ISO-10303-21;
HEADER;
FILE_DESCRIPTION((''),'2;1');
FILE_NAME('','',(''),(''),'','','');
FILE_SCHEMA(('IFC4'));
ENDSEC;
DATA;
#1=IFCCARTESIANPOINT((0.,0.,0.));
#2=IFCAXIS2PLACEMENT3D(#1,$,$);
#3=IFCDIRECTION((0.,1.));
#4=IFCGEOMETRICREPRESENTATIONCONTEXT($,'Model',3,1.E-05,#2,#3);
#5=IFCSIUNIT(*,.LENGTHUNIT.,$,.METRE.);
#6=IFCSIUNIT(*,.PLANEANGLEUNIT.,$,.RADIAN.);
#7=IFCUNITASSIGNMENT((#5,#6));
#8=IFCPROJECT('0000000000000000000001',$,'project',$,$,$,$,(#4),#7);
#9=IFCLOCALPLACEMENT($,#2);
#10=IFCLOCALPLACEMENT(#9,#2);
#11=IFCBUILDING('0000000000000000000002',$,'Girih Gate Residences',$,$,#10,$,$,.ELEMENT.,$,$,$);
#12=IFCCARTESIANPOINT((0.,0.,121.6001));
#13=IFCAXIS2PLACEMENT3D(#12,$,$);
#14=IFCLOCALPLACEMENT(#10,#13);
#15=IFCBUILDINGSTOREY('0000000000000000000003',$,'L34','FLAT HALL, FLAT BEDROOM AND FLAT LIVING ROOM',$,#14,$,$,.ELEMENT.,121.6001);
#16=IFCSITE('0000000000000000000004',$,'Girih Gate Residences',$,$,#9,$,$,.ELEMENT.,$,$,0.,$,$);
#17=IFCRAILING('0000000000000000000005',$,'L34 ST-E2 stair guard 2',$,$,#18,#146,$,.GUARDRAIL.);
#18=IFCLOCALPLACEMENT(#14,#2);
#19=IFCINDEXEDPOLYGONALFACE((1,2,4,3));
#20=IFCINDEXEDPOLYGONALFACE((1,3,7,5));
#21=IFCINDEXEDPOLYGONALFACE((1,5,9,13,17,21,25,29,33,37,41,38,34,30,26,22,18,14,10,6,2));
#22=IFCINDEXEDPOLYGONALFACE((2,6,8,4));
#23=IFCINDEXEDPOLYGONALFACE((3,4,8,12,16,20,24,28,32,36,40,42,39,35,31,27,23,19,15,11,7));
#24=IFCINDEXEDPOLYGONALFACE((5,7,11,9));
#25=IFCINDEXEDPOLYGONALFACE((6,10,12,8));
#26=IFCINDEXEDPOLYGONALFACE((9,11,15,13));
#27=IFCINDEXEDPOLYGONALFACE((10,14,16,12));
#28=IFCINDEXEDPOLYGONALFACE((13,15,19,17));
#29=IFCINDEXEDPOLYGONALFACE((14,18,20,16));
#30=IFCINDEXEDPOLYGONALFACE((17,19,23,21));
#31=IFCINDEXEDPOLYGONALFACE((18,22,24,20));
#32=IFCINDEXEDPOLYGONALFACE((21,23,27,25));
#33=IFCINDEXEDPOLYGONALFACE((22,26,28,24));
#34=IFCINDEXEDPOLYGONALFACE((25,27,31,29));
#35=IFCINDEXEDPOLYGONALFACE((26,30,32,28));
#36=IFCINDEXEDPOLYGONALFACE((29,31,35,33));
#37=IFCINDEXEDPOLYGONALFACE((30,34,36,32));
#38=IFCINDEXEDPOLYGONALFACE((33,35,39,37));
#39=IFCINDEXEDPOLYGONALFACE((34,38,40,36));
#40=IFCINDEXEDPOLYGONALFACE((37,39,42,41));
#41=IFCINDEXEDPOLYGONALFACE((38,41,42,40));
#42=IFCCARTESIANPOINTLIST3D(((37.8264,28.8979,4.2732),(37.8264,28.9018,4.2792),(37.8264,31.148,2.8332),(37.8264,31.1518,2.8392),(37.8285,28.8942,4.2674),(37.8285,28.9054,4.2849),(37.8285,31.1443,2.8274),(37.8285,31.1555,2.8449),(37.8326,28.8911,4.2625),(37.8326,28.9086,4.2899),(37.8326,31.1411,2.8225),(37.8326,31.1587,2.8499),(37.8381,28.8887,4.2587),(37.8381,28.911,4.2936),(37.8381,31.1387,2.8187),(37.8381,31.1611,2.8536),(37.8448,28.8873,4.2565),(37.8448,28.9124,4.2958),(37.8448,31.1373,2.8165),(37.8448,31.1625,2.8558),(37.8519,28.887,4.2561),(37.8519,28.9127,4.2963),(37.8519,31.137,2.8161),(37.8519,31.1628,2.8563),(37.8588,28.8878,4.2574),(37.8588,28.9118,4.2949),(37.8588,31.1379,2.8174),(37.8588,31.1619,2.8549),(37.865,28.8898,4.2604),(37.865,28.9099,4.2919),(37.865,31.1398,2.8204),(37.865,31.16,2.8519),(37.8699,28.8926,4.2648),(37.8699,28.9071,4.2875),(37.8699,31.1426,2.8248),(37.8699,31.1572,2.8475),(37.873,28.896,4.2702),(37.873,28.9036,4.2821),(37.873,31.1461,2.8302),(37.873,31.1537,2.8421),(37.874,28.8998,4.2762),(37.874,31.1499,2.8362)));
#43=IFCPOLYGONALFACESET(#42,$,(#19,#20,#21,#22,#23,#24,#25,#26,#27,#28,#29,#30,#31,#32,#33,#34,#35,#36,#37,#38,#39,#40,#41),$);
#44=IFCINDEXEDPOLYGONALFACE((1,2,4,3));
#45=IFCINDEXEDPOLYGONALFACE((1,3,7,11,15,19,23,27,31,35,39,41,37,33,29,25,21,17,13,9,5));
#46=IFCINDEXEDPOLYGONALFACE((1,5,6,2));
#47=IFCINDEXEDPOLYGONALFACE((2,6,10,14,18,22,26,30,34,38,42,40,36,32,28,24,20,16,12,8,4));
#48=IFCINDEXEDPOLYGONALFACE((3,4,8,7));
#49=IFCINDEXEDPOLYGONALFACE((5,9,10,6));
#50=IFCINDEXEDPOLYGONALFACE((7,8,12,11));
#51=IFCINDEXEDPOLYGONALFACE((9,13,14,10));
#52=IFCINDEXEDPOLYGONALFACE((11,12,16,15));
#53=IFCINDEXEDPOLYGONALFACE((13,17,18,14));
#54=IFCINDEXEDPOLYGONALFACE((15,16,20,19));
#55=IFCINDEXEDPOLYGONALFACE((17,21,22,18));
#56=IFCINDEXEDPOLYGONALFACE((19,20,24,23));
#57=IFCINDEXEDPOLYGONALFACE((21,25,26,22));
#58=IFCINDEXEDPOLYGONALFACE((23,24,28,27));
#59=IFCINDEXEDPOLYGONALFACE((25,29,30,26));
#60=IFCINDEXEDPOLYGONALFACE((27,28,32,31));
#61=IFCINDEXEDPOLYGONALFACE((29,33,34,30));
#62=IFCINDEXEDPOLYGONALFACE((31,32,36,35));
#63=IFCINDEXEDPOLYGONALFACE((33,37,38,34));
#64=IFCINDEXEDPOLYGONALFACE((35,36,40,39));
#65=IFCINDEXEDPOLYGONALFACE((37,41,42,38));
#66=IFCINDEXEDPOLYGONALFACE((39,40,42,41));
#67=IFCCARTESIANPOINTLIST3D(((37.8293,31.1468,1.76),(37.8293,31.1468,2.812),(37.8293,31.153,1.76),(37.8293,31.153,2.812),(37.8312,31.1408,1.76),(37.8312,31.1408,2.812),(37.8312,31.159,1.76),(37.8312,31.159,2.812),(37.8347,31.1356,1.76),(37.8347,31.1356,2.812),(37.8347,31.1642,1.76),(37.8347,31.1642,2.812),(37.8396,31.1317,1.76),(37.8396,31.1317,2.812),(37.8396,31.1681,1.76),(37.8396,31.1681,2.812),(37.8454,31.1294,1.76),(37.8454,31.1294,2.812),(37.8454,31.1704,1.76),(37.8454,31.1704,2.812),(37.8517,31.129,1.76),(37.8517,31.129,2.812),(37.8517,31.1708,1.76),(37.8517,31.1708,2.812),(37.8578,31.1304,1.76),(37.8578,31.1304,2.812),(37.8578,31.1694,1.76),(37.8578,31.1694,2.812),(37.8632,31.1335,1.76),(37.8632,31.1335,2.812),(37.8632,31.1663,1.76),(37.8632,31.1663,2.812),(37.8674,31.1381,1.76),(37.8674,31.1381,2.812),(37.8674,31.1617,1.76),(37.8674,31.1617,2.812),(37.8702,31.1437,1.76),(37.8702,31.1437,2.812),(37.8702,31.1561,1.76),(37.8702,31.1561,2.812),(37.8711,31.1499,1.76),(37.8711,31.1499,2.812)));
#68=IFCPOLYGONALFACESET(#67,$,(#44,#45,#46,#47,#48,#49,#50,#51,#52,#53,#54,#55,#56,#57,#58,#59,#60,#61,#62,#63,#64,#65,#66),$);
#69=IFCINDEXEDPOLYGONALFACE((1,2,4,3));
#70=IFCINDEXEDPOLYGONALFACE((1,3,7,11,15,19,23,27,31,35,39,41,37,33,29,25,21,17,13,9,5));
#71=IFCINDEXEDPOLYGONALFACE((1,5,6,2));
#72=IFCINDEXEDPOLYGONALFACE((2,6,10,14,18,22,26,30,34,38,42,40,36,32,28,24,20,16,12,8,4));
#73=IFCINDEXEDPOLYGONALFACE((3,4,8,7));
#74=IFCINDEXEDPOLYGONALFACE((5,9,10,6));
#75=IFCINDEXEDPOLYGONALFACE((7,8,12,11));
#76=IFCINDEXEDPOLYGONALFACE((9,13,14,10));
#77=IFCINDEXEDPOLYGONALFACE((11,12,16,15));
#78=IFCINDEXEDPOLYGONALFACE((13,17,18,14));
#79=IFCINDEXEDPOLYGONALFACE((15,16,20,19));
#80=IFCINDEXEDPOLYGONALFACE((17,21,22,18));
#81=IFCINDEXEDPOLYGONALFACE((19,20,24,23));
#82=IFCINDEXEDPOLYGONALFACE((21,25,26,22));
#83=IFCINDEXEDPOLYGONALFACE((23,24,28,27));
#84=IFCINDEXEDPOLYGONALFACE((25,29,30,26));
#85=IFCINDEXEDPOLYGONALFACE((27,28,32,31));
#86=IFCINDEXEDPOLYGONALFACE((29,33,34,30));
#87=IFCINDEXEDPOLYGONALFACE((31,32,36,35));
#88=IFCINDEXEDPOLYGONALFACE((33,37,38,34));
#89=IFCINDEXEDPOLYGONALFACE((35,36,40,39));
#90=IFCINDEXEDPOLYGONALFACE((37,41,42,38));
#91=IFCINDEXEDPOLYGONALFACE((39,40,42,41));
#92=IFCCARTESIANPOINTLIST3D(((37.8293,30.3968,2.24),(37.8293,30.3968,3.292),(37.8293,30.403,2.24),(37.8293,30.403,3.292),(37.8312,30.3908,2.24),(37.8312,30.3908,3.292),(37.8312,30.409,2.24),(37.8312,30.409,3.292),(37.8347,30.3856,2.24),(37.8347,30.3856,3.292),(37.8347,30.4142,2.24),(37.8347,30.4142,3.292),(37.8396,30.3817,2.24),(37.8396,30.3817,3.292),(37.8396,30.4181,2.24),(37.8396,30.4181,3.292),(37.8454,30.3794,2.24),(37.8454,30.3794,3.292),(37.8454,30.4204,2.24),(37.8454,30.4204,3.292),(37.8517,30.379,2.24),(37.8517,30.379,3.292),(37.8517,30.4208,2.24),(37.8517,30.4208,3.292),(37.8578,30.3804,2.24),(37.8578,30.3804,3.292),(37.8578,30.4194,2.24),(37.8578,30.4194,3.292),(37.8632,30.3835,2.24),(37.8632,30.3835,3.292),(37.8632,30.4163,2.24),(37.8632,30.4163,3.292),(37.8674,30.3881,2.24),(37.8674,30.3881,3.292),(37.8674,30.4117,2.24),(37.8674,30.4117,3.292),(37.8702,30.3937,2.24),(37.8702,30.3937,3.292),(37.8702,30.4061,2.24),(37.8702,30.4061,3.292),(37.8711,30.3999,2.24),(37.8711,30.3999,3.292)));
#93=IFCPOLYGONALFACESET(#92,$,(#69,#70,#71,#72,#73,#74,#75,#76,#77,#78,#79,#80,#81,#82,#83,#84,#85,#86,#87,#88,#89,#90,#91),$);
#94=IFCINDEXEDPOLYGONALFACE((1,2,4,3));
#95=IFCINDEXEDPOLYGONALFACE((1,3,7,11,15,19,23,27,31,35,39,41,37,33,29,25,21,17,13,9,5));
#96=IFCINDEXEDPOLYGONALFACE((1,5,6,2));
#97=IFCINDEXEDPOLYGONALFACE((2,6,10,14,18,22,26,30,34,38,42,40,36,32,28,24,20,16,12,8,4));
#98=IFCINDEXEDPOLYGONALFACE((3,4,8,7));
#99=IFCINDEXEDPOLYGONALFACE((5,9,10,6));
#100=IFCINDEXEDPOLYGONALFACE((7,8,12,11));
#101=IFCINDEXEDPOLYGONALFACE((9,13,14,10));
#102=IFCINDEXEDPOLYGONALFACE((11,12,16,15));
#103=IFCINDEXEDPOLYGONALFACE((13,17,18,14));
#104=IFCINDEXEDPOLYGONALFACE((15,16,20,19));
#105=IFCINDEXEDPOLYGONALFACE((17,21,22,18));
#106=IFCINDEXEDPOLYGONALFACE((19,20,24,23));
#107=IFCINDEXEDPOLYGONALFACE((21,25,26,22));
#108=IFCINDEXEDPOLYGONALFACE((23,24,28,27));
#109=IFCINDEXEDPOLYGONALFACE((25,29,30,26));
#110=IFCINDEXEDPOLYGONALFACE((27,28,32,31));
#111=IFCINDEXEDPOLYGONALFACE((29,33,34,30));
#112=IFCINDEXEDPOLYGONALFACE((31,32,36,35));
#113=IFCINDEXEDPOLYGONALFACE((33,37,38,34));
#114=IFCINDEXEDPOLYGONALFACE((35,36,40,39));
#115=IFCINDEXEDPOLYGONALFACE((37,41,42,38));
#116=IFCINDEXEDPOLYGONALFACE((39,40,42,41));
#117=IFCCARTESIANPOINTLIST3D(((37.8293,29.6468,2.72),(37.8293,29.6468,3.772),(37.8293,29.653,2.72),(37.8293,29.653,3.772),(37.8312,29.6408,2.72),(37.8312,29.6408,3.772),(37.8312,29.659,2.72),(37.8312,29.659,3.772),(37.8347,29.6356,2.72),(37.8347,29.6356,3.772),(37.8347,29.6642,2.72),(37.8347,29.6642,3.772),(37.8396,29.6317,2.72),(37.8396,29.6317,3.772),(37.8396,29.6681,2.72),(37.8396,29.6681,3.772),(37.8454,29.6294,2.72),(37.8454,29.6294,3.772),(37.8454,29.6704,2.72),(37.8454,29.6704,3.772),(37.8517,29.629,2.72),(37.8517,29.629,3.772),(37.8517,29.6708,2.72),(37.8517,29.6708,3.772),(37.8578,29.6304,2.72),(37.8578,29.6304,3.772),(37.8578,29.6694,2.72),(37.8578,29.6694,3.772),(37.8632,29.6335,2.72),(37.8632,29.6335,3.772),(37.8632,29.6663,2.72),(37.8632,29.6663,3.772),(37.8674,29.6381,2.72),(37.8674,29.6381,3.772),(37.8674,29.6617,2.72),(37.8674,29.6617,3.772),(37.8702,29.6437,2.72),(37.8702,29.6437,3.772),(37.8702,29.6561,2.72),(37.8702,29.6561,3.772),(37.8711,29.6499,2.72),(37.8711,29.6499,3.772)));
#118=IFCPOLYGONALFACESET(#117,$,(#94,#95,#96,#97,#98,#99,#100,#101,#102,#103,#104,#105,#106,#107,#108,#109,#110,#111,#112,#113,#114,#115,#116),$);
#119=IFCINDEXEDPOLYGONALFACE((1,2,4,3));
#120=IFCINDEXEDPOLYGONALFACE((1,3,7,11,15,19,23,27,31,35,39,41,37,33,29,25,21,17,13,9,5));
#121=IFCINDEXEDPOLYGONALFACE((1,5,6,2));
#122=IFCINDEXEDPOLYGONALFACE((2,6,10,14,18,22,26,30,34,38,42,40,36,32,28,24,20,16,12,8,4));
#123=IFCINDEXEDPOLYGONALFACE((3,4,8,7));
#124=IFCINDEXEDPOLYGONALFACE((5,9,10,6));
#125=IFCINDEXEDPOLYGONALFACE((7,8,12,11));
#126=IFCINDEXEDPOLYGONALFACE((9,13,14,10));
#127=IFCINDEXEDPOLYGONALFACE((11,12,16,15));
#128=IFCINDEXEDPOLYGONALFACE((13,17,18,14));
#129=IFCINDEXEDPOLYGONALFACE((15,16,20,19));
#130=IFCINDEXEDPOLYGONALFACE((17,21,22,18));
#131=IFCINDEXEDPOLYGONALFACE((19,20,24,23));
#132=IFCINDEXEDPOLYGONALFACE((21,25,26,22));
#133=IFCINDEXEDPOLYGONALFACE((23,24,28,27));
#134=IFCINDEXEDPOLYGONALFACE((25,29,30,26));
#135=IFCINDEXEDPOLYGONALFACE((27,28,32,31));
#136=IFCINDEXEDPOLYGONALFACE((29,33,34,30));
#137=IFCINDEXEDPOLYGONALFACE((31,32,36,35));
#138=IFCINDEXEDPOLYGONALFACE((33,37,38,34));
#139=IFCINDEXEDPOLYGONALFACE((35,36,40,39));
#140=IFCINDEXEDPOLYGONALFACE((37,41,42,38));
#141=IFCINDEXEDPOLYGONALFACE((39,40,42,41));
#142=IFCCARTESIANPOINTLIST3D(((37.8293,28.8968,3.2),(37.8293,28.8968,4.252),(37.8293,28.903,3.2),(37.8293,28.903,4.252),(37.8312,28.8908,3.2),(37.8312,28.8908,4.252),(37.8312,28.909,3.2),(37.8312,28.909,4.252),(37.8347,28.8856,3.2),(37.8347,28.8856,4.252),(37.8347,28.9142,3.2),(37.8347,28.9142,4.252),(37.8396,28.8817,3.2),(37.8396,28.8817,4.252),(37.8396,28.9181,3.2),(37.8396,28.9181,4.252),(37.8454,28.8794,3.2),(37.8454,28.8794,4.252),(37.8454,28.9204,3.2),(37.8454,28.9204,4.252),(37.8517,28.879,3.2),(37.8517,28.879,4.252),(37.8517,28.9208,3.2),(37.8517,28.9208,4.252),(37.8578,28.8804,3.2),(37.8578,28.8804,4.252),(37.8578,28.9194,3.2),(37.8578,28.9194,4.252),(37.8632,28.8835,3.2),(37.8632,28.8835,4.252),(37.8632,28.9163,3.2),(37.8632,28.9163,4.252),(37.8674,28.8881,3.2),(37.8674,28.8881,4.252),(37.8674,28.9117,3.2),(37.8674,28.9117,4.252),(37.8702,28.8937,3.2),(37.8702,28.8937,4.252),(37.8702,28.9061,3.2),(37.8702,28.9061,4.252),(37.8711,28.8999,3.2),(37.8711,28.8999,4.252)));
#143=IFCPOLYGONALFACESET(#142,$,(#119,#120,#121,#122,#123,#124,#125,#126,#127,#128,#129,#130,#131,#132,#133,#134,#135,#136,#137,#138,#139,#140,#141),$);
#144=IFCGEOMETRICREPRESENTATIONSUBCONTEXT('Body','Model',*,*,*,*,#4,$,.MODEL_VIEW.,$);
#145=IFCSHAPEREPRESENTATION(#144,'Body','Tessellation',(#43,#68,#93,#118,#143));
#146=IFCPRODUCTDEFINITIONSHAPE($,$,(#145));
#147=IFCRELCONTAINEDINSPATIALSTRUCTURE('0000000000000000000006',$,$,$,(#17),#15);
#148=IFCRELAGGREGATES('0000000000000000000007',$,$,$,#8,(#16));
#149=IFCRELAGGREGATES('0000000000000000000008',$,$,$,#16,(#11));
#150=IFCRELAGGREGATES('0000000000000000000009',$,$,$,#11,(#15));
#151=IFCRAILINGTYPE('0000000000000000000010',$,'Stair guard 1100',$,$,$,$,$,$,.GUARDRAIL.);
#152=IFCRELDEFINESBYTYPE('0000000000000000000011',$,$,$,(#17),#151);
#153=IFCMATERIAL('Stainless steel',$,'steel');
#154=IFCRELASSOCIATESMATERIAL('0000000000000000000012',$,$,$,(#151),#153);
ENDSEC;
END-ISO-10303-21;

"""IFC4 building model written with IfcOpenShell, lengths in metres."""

from ifc_helpers import new_model, si_unit, direction, frame, origin, origin_2d, place, context, subcontext, project, spatial, circle, extrude, material, type_object, element, save


model = new_model("IFC4")

# Units and contexts
model_context = context("Model", 3, precision=1e-05, world=origin(), true_north=direction((0.0, 1.0)))
body_context = subcontext(model_context, "Body", "Model", "MODEL_VIEW")
ifc_project = project(units=[si_unit("LENGTHUNIT", "METRE"), si_unit("PLANEANGLEUNIT", "RADIAN")], contexts=[model_context])

# Site, building, storey
site_placement = place(None, origin())
site = spatial("IfcSite", under=ifc_project, at=site_placement, Name="Girih Gate Residences", CompositionType="ELEMENT", RefElevation=0.0)
building_placement = place(site_placement, origin())
building = spatial("IfcBuilding", under=site, at=building_placement, Name="Girih Gate Residences", CompositionType="ELEMENT")
storey_placement = place(building_placement, frame((0.0, 0.0, 121.6001)))
storey = spatial("IfcBuildingStorey", under=building, at=storey_placement, Name="L34", Description="FLAT HALL, FLAT BEDROOM AND FLAT LIVING ROOM", CompositionType="ELEMENT", Elevation=121.6001)

# Railing
ifc_material_1 = material(Name="Stainless steel", Category="steel")
railing_type_1 = type_object("IfcRailingType", Name="Stair guard 1100", PredefinedType="GUARDRAIL", material=ifc_material_1)
railing_1_placement = place(storey_placement, frame((37.8501, 31.1499, 1.76)))
element("IfcRailing", 1, at=railing_1_placement, inside=storey, type_object=railing_type_1, Name="L34 ST-E2 stair guard 2", PredefinedType="GUARDRAIL", context=body_context, shape_type="SweptSolid", body=[
    extrude(circle(Radius=0.0239, at=origin_2d()), frame((0.0, 0.0, 1.0762), z_axis=(0.0, -0.842281, 0.539038), x_axis=(1.0, 0.0, 0.0)), (0.0, 0.0, 1.0), 2.6714),
    extrude(circle(Radius=0.021, at=origin_2d()), origin(), (0.0, 0.0, 1.0), 1.052),
    extrude(circle(Radius=0.021, at=origin_2d()), frame((0.0, -0.75, 0.48)), (0.0, 0.0, 1.0), 1.052),
    extrude(circle(Radius=0.021, at=origin_2d()), frame((0.0, -1.5, 0.96)), (0.0, 0.0, 1.0), 1.052),
    extrude(circle(Radius=0.021, at=origin_2d()), frame((0.0, -2.25, 1.4399)), (0.0, 0.0, 1.0), 1.052),
])

save(model, "model.ifc")
